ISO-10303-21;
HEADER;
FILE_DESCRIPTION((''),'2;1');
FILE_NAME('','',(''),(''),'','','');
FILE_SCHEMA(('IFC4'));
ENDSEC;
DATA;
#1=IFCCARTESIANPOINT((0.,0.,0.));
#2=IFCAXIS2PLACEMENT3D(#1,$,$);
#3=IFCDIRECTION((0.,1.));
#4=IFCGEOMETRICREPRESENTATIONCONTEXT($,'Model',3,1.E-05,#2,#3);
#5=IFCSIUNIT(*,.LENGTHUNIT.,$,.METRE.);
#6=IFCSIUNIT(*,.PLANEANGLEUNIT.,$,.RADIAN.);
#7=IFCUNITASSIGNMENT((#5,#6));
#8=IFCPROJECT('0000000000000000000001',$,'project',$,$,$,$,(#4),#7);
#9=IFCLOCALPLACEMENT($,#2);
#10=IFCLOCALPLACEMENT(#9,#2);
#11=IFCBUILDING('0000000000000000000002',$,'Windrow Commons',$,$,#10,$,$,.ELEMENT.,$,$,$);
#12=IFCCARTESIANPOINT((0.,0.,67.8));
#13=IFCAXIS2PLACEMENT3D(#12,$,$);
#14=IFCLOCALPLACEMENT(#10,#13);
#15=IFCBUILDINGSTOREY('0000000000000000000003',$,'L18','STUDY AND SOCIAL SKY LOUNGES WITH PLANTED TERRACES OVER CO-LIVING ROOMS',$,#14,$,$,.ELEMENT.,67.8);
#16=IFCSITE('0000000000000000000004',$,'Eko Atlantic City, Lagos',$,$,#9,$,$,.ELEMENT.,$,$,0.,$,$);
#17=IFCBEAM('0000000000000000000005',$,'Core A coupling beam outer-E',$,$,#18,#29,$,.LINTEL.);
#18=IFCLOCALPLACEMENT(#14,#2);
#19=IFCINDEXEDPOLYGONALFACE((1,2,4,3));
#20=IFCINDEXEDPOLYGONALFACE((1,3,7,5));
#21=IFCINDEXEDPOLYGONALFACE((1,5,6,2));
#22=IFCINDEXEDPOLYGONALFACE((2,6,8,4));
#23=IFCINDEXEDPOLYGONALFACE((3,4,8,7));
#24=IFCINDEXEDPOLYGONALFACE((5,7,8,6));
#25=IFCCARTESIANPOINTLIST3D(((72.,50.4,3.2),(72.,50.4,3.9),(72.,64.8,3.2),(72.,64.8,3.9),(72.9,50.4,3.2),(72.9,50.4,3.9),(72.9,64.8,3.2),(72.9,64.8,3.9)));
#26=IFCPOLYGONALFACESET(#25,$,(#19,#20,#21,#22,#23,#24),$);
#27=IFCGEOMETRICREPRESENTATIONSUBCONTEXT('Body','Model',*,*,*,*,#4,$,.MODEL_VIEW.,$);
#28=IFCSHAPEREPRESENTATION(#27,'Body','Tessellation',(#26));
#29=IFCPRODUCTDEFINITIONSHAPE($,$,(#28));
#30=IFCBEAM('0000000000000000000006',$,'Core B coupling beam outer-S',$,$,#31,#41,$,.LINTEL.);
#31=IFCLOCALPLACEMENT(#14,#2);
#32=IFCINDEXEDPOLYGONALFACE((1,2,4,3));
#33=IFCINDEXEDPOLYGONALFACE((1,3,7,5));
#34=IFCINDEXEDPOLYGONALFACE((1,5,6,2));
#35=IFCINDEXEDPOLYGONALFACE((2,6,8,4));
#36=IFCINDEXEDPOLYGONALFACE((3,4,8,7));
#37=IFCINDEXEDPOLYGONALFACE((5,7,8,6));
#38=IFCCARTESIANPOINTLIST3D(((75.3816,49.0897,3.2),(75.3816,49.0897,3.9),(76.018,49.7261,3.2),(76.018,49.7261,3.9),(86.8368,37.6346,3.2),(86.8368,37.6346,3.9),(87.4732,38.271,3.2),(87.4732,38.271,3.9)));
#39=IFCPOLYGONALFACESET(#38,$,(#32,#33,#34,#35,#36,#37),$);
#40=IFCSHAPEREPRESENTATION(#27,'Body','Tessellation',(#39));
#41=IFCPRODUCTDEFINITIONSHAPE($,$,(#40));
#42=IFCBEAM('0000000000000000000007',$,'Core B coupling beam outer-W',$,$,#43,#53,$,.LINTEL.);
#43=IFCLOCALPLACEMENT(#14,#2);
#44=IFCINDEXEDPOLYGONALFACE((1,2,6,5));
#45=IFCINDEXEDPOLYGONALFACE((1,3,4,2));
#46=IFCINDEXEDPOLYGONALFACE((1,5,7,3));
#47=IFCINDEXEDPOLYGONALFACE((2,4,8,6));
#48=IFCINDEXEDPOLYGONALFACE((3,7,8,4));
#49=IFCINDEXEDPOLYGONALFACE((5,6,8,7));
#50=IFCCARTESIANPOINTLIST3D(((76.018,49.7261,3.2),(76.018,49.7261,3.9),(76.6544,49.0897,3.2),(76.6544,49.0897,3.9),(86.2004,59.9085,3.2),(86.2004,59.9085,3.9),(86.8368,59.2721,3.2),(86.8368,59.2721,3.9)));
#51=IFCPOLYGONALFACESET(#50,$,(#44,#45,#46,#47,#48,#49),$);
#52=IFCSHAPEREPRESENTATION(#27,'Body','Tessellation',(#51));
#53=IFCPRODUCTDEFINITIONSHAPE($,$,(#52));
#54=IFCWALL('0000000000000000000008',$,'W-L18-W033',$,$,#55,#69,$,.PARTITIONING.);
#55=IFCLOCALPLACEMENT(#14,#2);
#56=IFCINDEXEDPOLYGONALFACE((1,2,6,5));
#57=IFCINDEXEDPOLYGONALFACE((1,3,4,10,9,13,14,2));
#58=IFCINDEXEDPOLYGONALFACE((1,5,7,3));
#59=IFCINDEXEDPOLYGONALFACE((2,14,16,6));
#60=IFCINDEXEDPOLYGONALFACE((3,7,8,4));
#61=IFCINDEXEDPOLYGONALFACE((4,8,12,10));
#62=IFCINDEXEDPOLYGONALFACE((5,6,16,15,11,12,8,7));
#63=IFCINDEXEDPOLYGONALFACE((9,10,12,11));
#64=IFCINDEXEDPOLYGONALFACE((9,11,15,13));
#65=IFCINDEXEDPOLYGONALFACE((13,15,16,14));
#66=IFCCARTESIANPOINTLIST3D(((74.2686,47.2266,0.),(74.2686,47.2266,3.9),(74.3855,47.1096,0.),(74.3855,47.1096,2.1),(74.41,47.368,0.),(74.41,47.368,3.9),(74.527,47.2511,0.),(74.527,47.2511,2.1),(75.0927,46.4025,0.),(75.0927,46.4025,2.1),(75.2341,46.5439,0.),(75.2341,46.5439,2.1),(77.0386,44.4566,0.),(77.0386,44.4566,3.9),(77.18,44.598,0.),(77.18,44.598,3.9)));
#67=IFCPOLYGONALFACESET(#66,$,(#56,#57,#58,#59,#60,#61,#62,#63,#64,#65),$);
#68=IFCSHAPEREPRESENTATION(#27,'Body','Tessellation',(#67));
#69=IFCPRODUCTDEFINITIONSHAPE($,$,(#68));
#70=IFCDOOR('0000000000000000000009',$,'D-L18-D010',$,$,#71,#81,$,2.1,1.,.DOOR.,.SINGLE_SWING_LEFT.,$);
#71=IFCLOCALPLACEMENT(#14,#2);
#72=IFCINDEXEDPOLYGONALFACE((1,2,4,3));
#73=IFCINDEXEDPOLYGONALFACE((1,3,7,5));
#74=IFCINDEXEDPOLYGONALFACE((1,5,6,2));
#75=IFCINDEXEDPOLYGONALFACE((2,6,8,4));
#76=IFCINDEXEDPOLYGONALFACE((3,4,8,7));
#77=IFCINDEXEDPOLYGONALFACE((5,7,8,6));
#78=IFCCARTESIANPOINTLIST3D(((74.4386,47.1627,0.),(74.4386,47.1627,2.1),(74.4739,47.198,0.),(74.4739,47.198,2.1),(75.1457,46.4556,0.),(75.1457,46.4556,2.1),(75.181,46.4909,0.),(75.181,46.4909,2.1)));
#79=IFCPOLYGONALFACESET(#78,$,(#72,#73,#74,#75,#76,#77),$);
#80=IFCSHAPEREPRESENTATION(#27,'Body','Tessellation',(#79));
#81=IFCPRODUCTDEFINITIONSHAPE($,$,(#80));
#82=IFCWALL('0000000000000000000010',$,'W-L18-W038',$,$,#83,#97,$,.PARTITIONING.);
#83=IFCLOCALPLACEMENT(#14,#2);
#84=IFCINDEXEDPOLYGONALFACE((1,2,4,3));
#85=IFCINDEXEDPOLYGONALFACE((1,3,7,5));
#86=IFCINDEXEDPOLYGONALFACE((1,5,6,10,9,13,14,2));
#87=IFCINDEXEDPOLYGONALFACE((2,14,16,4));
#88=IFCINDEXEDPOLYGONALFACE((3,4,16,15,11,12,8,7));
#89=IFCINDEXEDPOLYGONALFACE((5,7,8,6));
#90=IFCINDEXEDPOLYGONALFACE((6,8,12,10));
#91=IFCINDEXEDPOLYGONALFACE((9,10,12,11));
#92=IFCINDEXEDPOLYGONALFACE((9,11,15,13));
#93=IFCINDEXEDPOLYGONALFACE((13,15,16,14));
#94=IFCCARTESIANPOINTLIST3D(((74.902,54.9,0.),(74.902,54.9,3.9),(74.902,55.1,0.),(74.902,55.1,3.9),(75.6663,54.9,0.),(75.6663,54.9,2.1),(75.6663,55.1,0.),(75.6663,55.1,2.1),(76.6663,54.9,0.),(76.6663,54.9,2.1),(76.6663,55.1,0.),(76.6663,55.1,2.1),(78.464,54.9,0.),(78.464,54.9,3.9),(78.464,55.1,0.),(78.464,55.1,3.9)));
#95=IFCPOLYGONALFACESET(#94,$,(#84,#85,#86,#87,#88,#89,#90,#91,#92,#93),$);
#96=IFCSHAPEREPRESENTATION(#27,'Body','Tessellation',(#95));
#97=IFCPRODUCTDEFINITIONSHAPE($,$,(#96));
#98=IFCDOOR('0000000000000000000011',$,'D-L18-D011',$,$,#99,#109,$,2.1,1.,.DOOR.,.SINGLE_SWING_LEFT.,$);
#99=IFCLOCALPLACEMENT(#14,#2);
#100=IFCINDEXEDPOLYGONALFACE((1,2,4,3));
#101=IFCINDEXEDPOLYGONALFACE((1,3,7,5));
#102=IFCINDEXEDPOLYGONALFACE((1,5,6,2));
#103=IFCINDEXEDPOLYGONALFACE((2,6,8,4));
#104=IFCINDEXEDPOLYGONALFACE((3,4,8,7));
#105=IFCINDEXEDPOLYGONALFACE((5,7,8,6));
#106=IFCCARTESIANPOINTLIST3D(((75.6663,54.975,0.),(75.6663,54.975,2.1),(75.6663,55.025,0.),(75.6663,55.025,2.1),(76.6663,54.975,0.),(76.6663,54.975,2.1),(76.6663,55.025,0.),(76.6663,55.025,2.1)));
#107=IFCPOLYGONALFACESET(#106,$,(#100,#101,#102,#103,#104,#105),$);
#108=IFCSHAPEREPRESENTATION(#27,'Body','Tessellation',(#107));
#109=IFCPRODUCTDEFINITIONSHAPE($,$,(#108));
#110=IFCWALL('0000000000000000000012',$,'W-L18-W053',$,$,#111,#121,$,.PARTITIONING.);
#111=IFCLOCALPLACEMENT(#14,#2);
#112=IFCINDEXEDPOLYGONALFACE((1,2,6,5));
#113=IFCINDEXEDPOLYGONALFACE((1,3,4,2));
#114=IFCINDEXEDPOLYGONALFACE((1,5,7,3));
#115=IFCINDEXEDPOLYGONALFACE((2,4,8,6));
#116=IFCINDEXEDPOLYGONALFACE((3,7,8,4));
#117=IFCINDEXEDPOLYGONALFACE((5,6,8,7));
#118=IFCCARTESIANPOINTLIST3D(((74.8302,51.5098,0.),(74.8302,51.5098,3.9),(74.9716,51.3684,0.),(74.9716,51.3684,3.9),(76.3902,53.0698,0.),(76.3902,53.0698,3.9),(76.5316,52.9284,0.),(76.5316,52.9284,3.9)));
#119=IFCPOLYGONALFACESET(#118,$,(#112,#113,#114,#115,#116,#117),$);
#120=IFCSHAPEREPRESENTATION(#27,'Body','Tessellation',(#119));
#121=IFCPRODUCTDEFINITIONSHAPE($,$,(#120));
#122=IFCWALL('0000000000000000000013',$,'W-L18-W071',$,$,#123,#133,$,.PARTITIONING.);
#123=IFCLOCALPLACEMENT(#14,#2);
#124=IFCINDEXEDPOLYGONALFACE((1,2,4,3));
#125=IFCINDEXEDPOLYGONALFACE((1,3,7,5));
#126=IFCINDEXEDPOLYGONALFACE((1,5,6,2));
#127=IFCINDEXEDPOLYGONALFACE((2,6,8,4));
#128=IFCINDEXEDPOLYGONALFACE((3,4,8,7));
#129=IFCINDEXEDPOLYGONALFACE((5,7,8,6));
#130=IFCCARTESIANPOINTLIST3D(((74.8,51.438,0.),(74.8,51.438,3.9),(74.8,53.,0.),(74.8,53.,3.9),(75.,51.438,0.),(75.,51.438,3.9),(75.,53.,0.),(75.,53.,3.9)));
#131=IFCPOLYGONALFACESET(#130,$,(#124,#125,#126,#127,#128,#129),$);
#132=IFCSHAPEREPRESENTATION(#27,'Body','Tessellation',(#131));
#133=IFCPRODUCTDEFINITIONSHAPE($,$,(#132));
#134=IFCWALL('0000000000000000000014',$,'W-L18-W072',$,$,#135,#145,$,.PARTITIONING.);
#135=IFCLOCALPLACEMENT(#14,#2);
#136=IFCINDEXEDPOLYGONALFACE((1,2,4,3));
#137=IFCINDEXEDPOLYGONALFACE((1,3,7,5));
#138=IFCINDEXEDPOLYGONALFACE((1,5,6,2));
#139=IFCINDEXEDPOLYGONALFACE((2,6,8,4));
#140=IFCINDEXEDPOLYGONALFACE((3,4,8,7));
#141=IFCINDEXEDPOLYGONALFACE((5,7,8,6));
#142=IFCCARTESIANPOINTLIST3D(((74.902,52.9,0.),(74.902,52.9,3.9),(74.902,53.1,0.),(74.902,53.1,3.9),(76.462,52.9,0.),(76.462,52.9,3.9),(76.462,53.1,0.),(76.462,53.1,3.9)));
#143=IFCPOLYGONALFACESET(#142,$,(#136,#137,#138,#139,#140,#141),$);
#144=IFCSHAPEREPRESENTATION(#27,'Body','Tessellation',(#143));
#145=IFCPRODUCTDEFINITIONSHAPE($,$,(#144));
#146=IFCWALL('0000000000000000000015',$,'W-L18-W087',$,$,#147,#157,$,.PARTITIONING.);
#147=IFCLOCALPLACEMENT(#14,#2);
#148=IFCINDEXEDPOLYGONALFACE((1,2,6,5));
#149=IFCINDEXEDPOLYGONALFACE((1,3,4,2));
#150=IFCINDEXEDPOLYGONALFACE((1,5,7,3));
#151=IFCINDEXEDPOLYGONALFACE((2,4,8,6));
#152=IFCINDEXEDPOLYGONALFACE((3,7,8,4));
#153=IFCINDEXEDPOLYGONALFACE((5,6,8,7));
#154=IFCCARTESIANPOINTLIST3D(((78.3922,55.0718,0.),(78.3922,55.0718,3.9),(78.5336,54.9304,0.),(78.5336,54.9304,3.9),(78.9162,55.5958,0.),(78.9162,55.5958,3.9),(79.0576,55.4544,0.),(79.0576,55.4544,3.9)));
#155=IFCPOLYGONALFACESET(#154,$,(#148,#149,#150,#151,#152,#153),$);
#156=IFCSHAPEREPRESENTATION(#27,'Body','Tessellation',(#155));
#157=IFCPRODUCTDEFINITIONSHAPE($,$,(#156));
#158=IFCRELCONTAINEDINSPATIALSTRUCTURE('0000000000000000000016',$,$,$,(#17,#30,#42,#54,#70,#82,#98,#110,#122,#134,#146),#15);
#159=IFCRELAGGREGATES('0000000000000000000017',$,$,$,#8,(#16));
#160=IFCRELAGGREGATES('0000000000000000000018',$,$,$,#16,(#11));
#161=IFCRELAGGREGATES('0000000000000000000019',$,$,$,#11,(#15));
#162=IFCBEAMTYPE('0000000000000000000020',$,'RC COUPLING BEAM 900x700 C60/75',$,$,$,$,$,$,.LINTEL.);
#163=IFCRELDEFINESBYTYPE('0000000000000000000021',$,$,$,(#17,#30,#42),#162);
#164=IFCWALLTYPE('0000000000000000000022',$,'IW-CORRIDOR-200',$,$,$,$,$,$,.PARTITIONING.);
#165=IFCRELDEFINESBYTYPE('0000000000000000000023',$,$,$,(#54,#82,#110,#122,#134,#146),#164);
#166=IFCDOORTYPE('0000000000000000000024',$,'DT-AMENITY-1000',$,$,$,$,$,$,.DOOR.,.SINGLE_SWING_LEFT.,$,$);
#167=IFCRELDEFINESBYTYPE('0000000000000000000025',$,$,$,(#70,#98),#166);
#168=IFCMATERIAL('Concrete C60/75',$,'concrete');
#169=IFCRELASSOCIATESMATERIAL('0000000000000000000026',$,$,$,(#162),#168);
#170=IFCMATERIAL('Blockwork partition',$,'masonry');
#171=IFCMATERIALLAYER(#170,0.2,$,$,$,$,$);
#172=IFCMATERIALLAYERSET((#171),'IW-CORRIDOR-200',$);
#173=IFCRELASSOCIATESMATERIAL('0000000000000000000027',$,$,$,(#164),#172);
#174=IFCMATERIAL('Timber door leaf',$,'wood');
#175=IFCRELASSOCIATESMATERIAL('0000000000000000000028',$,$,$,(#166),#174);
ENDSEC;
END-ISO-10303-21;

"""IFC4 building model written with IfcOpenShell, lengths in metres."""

from ifc_helpers import new_model, si_unit, direction, frame, frame_2d, origin, origin_2d, place, context, subcontext, project, spatial, rectangle, extrude, material, layer, layer_set, material_profile, profile_set, type_object, element, fill, save


model = new_model("IFC4")

# Units and contexts
model_context = context("Model", 3, precision=1e-05, world=origin(), true_north=direction((0.0, 1.0)))
body_context = subcontext(model_context, "Body", "Model", "MODEL_VIEW")
ifc_project = project(units=[si_unit("LENGTHUNIT", "METRE"), si_unit("PLANEANGLEUNIT", "RADIAN")], contexts=[model_context])

# Site, building, storey
site_placement = place(None, origin())
site = spatial("IfcSite", under=ifc_project, at=site_placement, Name="Eko Atlantic City, Lagos", CompositionType="ELEMENT", RefElevation=0.0)
building_placement = place(site_placement, origin())
building = spatial("IfcBuilding", under=site, at=building_placement, Name="Windrow Commons", CompositionType="ELEMENT")
storey_placement = place(building_placement, frame((0.0, 0.0, 67.8)))
storey = spatial("IfcBuildingStorey", under=building, at=storey_placement, Name="L18", Description="STUDY AND SOCIAL SKY LOUNGES WITH PLANTED TERRACES OVER CO-LIVING ROOMS", CompositionType="ELEMENT", Elevation=67.8)

# Beams
ifc_material_1 = material(Name="Concrete C60/75", Category="concrete")
ifc_material_profile = material_profile(ifc_material_1, rectangle(XDim=0.9, YDim=0.7, at=origin_2d()))
ifc_profile_set = profile_set([ifc_material_profile], Name="Concrete C60/75")
beam_type = type_object("IfcBeamType", Name="RC COUPLING BEAM 900x700 C60/75", PredefinedType="LINTEL", material=ifc_profile_set)
beam_1_placement = place(storey_placement, frame((72.45, 50.4, 3.55), z_axis=(0.0, 1.0, 0.0), x_axis=(-1.0, 0.0, 0.0)))
element("IfcBeam", 1, at=beam_1_placement, inside=storey, type_object=beam_type, Name="Core A coupling beam outer-E", PredefinedType="LINTEL", context=body_context, shape_type="SweptSolid", body=[
    extrude(rectangle(XDim=0.9, YDim=0.7, at=origin_2d()), origin(), (0.0, 0.0, 1.0), 14.4),
])
beam_2_placement = place(storey_placement, frame((75.6998, 49.4079, 3.55), z_axis=(0.70711, -0.707104, 0.0), x_axis=(0.707104, 0.70711, 0.0)))
element("IfcBeam", 2, at=beam_2_placement, inside=storey, type_object=beam_type, Name="Core B coupling beam outer-S", PredefinedType="LINTEL", context=body_context, shape_type="SweptSolid", body=[
    extrude(rectangle(XDim=0.9, YDim=0.7, at=origin_2d()), origin(), (0.0, 0.0, 1.0), 16.2),
])
beam_3_placement = place(storey_placement, frame((76.3362, 49.4079, 3.55), z_axis=(0.707107, 0.707107, 0.0), x_axis=(-0.707107, 0.707107, 0.0)))
element("IfcBeam", 3, at=beam_3_placement, inside=storey, type_object=beam_type, Name="Core B coupling beam outer-W", PredefinedType="LINTEL", context=body_context, shape_type="SweptSolid", body=[
    extrude(rectangle(XDim=0.9, YDim=0.7, at=origin_2d()), origin(), (0.0, 0.0, 1.0), 14.4001),
])

# Walls, openings, doors
ifc_material_2 = material(Name="Blockwork partition", Category="masonry")
ifc_layer_1 = layer(ifc_material_2, 0.2)
ifc_layer_set_1 = layer_set([ifc_layer_1], Name="IW-CORRIDOR-200")
wall_type_1 = type_object("IfcWallType", Name="IW-CORRIDOR-200", PredefinedType="PARTITIONING", material=ifc_layer_set_1)
wall_1_placement = place(storey_placement, frame((74.3393, 47.2973, 0.0), z_axis=(0.0, 0.0, 1.0), x_axis=(0.707107, -0.707107, 0.0)))
wall_1 = element("IfcWall", 4, at=wall_1_placement, inside=storey, type_object=wall_type_1, Name="W-L18-W033", PredefinedType="PARTITIONING", context=body_context, shape_type="SweptSolid", body=[
    extrude(rectangle(XDim=3.9174, YDim=0.2, at=frame_2d((1.9587, 0.0))), origin(), (0.0, 0.0, 1.0), 3.9),
])
opening_1_placement = place(wall_1_placement, frame((0.1654, 0.0, 0.0)))
opening_1 = element("IfcOpeningElement", 5, at=opening_1_placement, cuts=wall_1, PredefinedType="OPENING", context=body_context, shape_type="SweptSolid", body=[
    extrude(rectangle(XDim=1.0, YDim=2.1, at=frame_2d((0.5, 1.05))), frame((0.0, 0.11, 0.0), z_axis=(0.0, -1.0, 0.0), x_axis=(1.0, 0.0, 0.0)), (0.0, 0.0, 1.0), 0.22),
])
ifc_material_3 = material(Name="Timber door leaf", Category="wood")
door_type_1 = type_object("IfcDoorType", Name="DT-AMENITY-1000", OperationType="SINGLE_SWING_LEFT", PredefinedType="DOOR", material=ifc_material_3)
door_1_placement = place(opening_1_placement, origin())
door_1 = element("IfcDoor", 6, at=door_1_placement, inside=storey, type_object=door_type_1, Name="D-L18-D010", OperationType="SINGLE_SWING_LEFT", OverallHeight=2.1, OverallWidth=1.0, PredefinedType="DOOR", context=body_context, shape_type="SweptSolid", body=[
    extrude(rectangle(XDim=1.0, YDim=2.1, at=frame_2d((0.5, 1.05))), frame((0.0, 0.025, 0.0), z_axis=(0.0, -1.0, 0.0), x_axis=(1.0, 0.0, 0.0)), (0.0, 0.0, 1.0), 0.05),
])
fill(opening_1, door_1)
wall_2_placement = place(storey_placement, frame((74.902, 55.0, 0.0), z_axis=(0.0, 0.0, 1.0), x_axis=(1.0, 0.0, 0.0)))
wall_2 = element("IfcWall", 7, at=wall_2_placement, inside=storey, type_object=wall_type_1, Name="W-L18-W038", PredefinedType="PARTITIONING", context=body_context, shape_type="SweptSolid", body=[
    extrude(rectangle(XDim=3.562, YDim=0.2, at=frame_2d((1.781, 0.0))), origin(), (0.0, 0.0, 1.0), 3.9),
])
opening_2_placement = place(wall_2_placement, frame((0.7643, 0.0, 0.0)))
opening_2 = element("IfcOpeningElement", 8, at=opening_2_placement, cuts=wall_2, PredefinedType="OPENING", context=body_context, shape_type="SweptSolid", body=[
    extrude(rectangle(XDim=1.0, YDim=2.1, at=frame_2d((0.5, 1.05))), frame((0.0, 0.11, 0.0), z_axis=(0.0, -1.0, 0.0), x_axis=(1.0, 0.0, 0.0)), (0.0, 0.0, 1.0), 0.22),
])
door_2_placement = place(opening_2_placement, origin())
door_2 = element("IfcDoor", 9, at=door_2_placement, inside=storey, type_object=door_type_1, Name="D-L18-D011", OperationType="SINGLE_SWING_LEFT", OverallHeight=2.1, OverallWidth=1.0, PredefinedType="DOOR", context=body_context, shape_type="SweptSolid", body=[
    extrude(rectangle(XDim=1.0, YDim=2.1, at=frame_2d((0.5, 1.05))), frame((0.0, 0.025, 0.0), z_axis=(0.0, -1.0, 0.0), x_axis=(1.0, 0.0, 0.0)), (0.0, 0.0, 1.0), 0.05),
])
fill(opening_2, door_2)

# Walls
wall_3_placement = place(storey_placement, frame((74.9009, 51.4391, 0.0), z_axis=(0.0, 0.0, 1.0), x_axis=(0.707107, 0.707107, 0.0)))
element("IfcWall", 10, at=wall_3_placement, inside=storey, type_object=wall_type_1, Name="W-L18-W053", PredefinedType="PARTITIONING", context=body_context, shape_type="SweptSolid", body=[
    extrude(rectangle(XDim=2.2062, YDim=0.2, at=frame_2d((1.1031, 0.0))), origin(), (0.0, 0.0, 1.0), 3.9),
])
wall_4_placement = place(storey_placement, frame((74.9, 51.438, 0.0), z_axis=(0.0, 0.0, 1.0), x_axis=(0.0, 1.0, 0.0)))
element("IfcWall", 11, at=wall_4_placement, inside=storey, type_object=wall_type_1, Name="W-L18-W071", PredefinedType="PARTITIONING", context=body_context, shape_type="SweptSolid", body=[
    extrude(rectangle(XDim=1.562, YDim=0.2, at=frame_2d((0.781, 0.0))), origin(), (0.0, 0.0, 1.0), 3.9),
])
wall_5_placement = place(storey_placement, frame((74.902, 53.0, 0.0), z_axis=(0.0, 0.0, 1.0), x_axis=(1.0, 0.0, 0.0)))
element("IfcWall", 12, at=wall_5_placement, inside=storey, type_object=wall_type_1, Name="W-L18-W072", PredefinedType="PARTITIONING", context=body_context, shape_type="SweptSolid", body=[
    extrude(rectangle(XDim=1.56, YDim=0.2, at=frame_2d((0.78, 0.0))), origin(), (0.0, 0.0, 1.0), 3.9),
])
wall_6_placement = place(storey_placement, frame((78.4629, 55.0011, 0.0), z_axis=(0.0, 0.0, 1.0), x_axis=(0.707107, 0.707107, 0.0)))
element("IfcWall", 13, at=wall_6_placement, inside=storey, type_object=wall_type_1, Name="W-L18-W087", PredefinedType="PARTITIONING", context=body_context, shape_type="SweptSolid", body=[
    extrude(rectangle(XDim=0.741, YDim=0.2, at=frame_2d((0.3705, 0.0))), origin(), (0.0, 0.0, 1.0), 3.9),
])

save(model, "model.ifc")
